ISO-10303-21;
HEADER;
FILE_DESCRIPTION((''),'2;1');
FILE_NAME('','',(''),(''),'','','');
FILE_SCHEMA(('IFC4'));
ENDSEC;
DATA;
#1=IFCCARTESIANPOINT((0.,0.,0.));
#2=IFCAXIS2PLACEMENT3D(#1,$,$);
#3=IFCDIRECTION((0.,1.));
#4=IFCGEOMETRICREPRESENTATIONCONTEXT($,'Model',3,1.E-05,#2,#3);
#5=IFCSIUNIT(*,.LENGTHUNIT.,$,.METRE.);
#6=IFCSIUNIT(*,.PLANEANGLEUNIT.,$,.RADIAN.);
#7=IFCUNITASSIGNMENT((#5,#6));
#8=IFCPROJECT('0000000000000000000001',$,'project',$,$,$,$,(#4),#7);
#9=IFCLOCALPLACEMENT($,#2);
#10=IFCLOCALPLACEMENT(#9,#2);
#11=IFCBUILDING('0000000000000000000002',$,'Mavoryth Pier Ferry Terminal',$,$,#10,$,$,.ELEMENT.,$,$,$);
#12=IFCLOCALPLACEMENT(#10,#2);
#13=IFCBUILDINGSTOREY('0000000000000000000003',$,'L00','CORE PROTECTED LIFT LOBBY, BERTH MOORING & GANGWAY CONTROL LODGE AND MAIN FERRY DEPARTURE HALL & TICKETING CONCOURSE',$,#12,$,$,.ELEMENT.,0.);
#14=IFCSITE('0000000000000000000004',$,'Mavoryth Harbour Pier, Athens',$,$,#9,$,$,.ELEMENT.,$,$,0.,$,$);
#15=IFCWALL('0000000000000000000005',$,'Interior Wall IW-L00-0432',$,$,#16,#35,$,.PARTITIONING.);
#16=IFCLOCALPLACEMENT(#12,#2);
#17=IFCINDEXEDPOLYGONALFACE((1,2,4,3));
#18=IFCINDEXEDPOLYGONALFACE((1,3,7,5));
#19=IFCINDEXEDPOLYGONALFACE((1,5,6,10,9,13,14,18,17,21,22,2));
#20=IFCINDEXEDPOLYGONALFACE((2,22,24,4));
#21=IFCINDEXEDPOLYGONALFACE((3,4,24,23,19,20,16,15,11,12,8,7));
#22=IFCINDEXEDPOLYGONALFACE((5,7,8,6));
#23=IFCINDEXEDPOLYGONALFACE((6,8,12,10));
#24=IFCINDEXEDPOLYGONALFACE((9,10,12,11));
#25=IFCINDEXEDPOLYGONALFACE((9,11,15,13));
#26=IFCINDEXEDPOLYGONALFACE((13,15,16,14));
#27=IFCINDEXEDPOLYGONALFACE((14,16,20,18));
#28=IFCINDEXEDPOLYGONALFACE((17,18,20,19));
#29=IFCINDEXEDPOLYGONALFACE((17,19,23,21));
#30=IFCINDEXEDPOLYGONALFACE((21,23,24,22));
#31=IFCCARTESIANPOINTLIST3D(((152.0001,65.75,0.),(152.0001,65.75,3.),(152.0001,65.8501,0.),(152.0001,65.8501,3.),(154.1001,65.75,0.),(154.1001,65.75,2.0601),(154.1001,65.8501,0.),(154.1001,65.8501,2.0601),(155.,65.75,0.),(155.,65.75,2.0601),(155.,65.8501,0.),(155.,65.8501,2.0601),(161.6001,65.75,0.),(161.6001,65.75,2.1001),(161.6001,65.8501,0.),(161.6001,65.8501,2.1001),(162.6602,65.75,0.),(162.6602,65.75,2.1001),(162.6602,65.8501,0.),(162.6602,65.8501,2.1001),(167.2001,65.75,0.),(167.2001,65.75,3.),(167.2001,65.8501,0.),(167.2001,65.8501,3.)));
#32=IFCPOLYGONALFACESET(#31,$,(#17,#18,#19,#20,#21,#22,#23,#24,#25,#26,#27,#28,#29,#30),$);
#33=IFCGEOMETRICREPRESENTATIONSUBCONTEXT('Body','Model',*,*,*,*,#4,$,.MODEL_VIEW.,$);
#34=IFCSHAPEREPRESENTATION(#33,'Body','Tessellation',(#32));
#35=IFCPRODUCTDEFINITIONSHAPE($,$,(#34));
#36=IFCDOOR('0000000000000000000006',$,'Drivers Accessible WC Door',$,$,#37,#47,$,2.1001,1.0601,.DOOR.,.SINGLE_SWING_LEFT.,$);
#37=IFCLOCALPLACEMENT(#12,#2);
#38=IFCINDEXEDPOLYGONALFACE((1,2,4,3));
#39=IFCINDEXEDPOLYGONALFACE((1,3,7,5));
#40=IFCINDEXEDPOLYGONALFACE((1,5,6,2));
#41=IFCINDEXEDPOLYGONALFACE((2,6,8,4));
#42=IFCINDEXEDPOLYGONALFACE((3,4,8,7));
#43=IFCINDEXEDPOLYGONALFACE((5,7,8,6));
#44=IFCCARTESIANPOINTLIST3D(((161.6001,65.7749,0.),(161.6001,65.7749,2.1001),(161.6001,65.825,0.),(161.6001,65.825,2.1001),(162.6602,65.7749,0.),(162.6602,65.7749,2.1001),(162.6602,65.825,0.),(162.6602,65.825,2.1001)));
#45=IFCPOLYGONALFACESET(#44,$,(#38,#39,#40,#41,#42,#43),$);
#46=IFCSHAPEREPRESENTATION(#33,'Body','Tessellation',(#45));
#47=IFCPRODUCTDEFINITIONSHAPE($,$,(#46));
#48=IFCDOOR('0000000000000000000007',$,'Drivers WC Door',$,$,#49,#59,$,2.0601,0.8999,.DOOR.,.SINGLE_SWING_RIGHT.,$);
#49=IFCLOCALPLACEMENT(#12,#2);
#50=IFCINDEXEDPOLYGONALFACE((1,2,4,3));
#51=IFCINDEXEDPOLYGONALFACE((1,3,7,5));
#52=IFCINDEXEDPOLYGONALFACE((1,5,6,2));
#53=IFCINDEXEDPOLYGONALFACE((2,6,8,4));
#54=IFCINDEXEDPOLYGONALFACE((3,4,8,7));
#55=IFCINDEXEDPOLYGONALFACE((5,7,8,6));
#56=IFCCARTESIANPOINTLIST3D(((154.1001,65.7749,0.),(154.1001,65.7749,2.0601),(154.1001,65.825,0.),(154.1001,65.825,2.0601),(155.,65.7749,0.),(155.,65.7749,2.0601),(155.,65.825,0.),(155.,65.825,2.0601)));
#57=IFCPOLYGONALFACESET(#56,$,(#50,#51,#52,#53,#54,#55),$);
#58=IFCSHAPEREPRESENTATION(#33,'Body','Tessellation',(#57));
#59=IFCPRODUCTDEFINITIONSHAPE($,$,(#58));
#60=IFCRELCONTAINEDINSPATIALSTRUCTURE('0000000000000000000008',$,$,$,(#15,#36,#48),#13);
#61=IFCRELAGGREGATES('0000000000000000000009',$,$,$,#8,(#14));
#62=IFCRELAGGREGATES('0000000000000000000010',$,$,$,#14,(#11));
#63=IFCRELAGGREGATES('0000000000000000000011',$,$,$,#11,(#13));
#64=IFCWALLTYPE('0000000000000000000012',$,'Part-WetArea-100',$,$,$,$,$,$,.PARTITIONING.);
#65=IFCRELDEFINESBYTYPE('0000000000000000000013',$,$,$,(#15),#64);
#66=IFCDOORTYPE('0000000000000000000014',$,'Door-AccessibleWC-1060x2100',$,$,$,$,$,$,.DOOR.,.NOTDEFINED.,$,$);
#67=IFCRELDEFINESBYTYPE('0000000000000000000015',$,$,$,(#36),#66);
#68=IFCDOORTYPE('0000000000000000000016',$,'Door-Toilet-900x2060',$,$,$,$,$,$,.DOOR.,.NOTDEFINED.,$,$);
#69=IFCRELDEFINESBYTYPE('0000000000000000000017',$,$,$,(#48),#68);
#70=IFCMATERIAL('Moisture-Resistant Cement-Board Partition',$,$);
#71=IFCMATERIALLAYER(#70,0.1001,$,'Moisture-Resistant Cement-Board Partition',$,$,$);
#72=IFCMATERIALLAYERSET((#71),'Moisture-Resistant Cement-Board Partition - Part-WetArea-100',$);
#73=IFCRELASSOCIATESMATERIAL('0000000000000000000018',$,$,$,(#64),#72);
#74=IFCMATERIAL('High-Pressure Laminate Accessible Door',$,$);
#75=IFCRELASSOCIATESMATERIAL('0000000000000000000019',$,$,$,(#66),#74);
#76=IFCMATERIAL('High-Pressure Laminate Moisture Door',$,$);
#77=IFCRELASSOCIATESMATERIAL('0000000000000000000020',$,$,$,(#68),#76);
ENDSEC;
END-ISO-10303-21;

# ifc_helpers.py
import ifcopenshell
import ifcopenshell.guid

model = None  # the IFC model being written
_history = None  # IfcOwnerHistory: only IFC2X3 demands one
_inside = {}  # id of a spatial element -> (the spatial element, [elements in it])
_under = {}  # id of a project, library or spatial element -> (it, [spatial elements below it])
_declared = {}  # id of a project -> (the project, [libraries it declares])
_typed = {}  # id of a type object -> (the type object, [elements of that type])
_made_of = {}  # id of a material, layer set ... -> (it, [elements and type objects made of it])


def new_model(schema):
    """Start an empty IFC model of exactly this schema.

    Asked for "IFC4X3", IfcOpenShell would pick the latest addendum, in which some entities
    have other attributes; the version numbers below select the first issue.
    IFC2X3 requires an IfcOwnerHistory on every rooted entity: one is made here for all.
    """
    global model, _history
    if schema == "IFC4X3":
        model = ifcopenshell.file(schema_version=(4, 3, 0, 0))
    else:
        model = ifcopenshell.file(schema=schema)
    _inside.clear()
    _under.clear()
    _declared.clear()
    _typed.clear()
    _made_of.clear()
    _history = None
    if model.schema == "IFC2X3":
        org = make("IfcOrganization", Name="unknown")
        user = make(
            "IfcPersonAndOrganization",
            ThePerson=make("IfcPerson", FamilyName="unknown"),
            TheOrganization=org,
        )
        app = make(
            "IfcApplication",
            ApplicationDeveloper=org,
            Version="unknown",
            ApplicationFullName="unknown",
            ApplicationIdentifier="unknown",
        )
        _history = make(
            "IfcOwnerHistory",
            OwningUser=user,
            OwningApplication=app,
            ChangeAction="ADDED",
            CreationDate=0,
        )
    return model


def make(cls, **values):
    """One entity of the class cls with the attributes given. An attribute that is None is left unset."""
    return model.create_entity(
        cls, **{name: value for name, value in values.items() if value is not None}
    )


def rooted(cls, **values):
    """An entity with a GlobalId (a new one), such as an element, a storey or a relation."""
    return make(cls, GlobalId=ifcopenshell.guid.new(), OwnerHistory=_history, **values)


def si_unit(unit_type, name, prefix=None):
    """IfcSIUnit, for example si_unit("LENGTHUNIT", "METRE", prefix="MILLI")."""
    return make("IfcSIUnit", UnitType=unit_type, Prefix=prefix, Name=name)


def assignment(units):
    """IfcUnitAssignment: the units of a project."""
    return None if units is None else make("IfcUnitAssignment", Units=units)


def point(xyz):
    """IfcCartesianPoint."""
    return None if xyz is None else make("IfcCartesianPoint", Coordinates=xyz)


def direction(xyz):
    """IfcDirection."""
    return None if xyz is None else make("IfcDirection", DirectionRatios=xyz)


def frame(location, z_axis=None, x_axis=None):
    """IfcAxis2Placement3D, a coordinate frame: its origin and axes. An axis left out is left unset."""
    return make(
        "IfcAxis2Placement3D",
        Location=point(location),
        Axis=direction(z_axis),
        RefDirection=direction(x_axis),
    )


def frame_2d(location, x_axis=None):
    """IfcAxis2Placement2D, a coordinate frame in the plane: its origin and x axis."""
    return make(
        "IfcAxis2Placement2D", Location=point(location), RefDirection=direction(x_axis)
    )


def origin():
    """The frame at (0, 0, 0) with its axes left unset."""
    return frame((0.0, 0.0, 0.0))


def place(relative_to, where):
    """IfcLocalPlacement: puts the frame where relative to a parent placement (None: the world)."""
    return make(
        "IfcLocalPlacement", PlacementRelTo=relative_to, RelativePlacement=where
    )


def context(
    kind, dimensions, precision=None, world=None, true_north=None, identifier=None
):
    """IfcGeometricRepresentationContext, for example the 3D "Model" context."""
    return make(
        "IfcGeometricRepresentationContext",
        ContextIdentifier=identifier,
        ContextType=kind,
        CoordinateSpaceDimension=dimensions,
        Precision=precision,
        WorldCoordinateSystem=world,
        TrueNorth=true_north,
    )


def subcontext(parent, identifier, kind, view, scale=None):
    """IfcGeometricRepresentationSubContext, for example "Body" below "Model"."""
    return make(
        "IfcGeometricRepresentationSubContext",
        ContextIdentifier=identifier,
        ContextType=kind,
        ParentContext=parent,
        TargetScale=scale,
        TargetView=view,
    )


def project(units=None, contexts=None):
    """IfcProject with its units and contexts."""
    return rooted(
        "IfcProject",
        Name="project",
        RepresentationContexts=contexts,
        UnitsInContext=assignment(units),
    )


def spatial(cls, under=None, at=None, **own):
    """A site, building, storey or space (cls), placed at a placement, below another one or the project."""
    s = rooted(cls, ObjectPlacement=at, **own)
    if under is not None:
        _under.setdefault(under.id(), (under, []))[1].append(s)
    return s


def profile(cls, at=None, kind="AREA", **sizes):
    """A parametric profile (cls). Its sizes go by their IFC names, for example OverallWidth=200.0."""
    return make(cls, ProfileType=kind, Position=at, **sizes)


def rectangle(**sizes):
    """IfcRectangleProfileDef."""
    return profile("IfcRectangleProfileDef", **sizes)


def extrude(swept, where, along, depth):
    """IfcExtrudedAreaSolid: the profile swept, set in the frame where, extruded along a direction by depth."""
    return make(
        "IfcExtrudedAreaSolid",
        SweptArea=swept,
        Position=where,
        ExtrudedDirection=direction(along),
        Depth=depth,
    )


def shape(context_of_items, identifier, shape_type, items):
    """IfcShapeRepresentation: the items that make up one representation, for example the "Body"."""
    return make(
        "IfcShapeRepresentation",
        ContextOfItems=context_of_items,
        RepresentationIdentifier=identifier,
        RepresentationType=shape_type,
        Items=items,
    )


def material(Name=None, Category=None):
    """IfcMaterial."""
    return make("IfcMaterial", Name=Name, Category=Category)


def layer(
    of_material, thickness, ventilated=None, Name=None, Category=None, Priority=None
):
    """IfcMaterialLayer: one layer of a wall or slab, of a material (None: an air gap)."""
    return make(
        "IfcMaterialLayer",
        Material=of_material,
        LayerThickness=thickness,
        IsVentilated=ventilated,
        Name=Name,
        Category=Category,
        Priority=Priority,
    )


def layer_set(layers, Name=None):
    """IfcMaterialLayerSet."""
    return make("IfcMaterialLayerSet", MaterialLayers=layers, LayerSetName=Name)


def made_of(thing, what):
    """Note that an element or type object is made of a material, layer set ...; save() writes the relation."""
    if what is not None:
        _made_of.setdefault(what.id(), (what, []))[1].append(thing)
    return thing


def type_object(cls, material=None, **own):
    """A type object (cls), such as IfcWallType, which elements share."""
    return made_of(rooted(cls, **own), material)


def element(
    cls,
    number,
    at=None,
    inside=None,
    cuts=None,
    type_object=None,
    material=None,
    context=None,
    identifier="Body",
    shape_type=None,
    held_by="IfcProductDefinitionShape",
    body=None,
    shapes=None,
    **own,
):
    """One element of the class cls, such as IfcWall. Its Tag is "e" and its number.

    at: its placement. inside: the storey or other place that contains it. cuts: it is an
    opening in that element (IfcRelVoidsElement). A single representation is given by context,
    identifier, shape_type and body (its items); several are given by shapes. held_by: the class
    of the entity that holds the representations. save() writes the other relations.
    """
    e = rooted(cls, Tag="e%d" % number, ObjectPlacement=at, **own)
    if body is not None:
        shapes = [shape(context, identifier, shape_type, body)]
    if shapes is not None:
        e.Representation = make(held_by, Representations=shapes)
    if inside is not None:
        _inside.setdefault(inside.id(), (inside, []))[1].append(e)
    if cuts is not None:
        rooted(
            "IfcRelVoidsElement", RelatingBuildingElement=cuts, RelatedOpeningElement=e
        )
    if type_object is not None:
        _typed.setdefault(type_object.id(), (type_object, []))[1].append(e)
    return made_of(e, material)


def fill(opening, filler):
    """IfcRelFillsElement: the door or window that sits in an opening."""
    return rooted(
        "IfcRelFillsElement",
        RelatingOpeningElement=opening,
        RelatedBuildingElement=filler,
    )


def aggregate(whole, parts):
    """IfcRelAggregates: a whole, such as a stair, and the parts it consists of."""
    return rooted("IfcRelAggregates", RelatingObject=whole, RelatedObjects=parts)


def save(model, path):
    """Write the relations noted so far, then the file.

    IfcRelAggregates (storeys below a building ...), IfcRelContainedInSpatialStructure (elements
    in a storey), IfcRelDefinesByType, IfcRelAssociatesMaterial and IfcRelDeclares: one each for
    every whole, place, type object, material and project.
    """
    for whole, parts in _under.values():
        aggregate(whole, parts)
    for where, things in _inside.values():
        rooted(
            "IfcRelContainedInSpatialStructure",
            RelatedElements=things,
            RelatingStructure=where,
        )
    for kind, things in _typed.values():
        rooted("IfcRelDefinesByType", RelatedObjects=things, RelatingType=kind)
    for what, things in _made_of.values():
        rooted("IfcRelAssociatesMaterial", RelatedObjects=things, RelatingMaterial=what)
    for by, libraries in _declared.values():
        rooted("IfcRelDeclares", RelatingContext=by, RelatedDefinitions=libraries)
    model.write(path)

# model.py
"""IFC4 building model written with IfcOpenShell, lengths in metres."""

from ifc_helpers import new_model, si_unit, direction, frame, frame_2d, origin, place, context, subcontext, project, spatial, rectangle, extrude, material, layer, layer_set, type_object, element, fill, save


model = new_model("IFC4")

# Units and contexts
model_context = context("Model", 3, precision=1e-05, world=origin(), true_north=direction((0.0, 1.0)))
body_context = subcontext(model_context, "Body", "Model", "MODEL_VIEW")
ifc_project = project(units=[si_unit("LENGTHUNIT", "METRE"), si_unit("PLANEANGLEUNIT", "RADIAN")], contexts=[model_context])

# Site, building, storey
site_placement = place(None, origin())
site = spatial("IfcSite", under=ifc_project, at=site_placement, Name="Mavoryth Harbour Pier, Athens", CompositionType="ELEMENT", RefElevation=0.0)
building_placement = place(site_placement, origin())
building = spatial("IfcBuilding", under=site, at=building_placement, Name="Mavoryth Pier Ferry Terminal", CompositionType="ELEMENT")
storey_placement = place(building_placement, origin())
storey = spatial("IfcBuildingStorey", under=building, at=storey_placement, Name="L00", Description="CORE PROTECTED LIFT LOBBY, BERTH MOORING & GANGWAY CONTROL LODGE AND MAIN FERRY DEPARTURE HALL & TICKETING CONCOURSE", CompositionType="ELEMENT", Elevation=0.0)

# Wall, openings, doors
ifc_material_1 = material(Name="Moisture-Resistant Cement-Board Partition")
ifc_layer = layer(ifc_material_1, 0.1001, Name="Moisture-Resistant Cement-Board Partition")
ifc_layer_set = layer_set([ifc_layer], Name="Moisture-Resistant Cement-Board Partition - Part-WetArea-100")
wall_type = type_object("IfcWallType", Name="Part-WetArea-100", PredefinedType="PARTITIONING", material=ifc_layer_set)
wall_placement = place(storey_placement, frame((152.0, 65.8, 0.0), z_axis=(0.0, 0.0, 1.0), x_axis=(1.0, 0.0, 0.0)))
wall = element("IfcWall", 1, at=wall_placement, inside=storey, type_object=wall_type, Name="Interior Wall IW-L00-0432", PredefinedType="PARTITIONING", context=body_context, shape_type="SweptSolid", body=[
    extrude(rectangle(XDim=15.2, YDim=0.1001, at=frame_2d((7.6001, 0.0))), origin(), (0.0, 0.0, 1.0), 3.0),
])
opening_1_placement = place(wall_placement, frame((2.1001, 0.0, 0.0)))
opening_1 = element("IfcOpeningElement", 2, at=opening_1_placement, cuts=wall, PredefinedType="OPENING", context=body_context, shape_type="SweptSolid", body=[
    extrude(rectangle(XDim=0.8999, YDim=2.0601, at=frame_2d((0.45, 1.03))), frame((0.0, 0.0601, 0.0), z_axis=(0.0, -1.0, 0.0), x_axis=(1.0, 0.0, 0.0)), (0.0, 0.0, 1.0), 0.1201),
])
opening_2_placement = place(wall_placement, frame((9.6001, 0.0, 0.0)))
opening_2 = element("IfcOpeningElement", 3, at=opening_2_placement, cuts=wall, PredefinedType="OPENING", context=body_context, shape_type="SweptSolid", body=[
    extrude(rectangle(XDim=1.0601, YDim=2.1001, at=frame_2d((0.53, 1.05))), frame((0.0, 0.0601, 0.0), z_axis=(0.0, -1.0, 0.0), x_axis=(1.0, 0.0, 0.0)), (0.0, 0.0, 1.0), 0.1201),
])
ifc_material_2 = material(Name="High-Pressure Laminate Accessible Door")
door_type_1 = type_object("IfcDoorType", Name="Door-AccessibleWC-1060x2100", OperationType="NOTDEFINED", PredefinedType="DOOR", material=ifc_material_2)
door_1_placement = place(opening_2_placement, origin())
door_1 = element("IfcDoor", 4, at=door_1_placement, inside=storey, type_object=door_type_1, Name="Drivers Accessible WC Door", OperationType="SINGLE_SWING_LEFT", OverallHeight=2.1001, OverallWidth=1.0601, PredefinedType="DOOR", context=body_context, shape_type="SweptSolid", body=[
    extrude(rectangle(XDim=1.0601, YDim=2.1001, at=frame_2d((0.53, 1.05))), frame((0.0, 0.0249, 0.0), z_axis=(0.0, -1.0, 0.0), x_axis=(1.0, 0.0, 0.0)), (0.0, 0.0, 1.0), 0.05),
])
fill(opening_2, door_1)
ifc_material_3 = material(Name="High-Pressure Laminate Moisture Door")
door_type_2 = type_object("IfcDoorType", Name="Door-Toilet-900x2060", OperationType="NOTDEFINED", PredefinedType="DOOR", material=ifc_material_3)
door_2_placement = place(opening_1_placement, origin())
door_2 = element("IfcDoor", 5, at=door_2_placement, inside=storey, type_object=door_type_2, Name="Drivers WC Door", OperationType="SINGLE_SWING_RIGHT", OverallHeight=2.0601, OverallWidth=0.8999, PredefinedType="DOOR", context=body_context, shape_type="SweptSolid", body=[
    extrude(rectangle(XDim=0.8999, YDim=2.0601, at=frame_2d((0.45, 1.03))), frame((0.0, 0.0249, 0.0), z_axis=(0.0, -1.0, 0.0), x_axis=(1.0, 0.0, 0.0)), (0.0, 0.0, 1.0), 0.05),
])
fill(opening_1, door_2)

save(model, "model.ifc")
